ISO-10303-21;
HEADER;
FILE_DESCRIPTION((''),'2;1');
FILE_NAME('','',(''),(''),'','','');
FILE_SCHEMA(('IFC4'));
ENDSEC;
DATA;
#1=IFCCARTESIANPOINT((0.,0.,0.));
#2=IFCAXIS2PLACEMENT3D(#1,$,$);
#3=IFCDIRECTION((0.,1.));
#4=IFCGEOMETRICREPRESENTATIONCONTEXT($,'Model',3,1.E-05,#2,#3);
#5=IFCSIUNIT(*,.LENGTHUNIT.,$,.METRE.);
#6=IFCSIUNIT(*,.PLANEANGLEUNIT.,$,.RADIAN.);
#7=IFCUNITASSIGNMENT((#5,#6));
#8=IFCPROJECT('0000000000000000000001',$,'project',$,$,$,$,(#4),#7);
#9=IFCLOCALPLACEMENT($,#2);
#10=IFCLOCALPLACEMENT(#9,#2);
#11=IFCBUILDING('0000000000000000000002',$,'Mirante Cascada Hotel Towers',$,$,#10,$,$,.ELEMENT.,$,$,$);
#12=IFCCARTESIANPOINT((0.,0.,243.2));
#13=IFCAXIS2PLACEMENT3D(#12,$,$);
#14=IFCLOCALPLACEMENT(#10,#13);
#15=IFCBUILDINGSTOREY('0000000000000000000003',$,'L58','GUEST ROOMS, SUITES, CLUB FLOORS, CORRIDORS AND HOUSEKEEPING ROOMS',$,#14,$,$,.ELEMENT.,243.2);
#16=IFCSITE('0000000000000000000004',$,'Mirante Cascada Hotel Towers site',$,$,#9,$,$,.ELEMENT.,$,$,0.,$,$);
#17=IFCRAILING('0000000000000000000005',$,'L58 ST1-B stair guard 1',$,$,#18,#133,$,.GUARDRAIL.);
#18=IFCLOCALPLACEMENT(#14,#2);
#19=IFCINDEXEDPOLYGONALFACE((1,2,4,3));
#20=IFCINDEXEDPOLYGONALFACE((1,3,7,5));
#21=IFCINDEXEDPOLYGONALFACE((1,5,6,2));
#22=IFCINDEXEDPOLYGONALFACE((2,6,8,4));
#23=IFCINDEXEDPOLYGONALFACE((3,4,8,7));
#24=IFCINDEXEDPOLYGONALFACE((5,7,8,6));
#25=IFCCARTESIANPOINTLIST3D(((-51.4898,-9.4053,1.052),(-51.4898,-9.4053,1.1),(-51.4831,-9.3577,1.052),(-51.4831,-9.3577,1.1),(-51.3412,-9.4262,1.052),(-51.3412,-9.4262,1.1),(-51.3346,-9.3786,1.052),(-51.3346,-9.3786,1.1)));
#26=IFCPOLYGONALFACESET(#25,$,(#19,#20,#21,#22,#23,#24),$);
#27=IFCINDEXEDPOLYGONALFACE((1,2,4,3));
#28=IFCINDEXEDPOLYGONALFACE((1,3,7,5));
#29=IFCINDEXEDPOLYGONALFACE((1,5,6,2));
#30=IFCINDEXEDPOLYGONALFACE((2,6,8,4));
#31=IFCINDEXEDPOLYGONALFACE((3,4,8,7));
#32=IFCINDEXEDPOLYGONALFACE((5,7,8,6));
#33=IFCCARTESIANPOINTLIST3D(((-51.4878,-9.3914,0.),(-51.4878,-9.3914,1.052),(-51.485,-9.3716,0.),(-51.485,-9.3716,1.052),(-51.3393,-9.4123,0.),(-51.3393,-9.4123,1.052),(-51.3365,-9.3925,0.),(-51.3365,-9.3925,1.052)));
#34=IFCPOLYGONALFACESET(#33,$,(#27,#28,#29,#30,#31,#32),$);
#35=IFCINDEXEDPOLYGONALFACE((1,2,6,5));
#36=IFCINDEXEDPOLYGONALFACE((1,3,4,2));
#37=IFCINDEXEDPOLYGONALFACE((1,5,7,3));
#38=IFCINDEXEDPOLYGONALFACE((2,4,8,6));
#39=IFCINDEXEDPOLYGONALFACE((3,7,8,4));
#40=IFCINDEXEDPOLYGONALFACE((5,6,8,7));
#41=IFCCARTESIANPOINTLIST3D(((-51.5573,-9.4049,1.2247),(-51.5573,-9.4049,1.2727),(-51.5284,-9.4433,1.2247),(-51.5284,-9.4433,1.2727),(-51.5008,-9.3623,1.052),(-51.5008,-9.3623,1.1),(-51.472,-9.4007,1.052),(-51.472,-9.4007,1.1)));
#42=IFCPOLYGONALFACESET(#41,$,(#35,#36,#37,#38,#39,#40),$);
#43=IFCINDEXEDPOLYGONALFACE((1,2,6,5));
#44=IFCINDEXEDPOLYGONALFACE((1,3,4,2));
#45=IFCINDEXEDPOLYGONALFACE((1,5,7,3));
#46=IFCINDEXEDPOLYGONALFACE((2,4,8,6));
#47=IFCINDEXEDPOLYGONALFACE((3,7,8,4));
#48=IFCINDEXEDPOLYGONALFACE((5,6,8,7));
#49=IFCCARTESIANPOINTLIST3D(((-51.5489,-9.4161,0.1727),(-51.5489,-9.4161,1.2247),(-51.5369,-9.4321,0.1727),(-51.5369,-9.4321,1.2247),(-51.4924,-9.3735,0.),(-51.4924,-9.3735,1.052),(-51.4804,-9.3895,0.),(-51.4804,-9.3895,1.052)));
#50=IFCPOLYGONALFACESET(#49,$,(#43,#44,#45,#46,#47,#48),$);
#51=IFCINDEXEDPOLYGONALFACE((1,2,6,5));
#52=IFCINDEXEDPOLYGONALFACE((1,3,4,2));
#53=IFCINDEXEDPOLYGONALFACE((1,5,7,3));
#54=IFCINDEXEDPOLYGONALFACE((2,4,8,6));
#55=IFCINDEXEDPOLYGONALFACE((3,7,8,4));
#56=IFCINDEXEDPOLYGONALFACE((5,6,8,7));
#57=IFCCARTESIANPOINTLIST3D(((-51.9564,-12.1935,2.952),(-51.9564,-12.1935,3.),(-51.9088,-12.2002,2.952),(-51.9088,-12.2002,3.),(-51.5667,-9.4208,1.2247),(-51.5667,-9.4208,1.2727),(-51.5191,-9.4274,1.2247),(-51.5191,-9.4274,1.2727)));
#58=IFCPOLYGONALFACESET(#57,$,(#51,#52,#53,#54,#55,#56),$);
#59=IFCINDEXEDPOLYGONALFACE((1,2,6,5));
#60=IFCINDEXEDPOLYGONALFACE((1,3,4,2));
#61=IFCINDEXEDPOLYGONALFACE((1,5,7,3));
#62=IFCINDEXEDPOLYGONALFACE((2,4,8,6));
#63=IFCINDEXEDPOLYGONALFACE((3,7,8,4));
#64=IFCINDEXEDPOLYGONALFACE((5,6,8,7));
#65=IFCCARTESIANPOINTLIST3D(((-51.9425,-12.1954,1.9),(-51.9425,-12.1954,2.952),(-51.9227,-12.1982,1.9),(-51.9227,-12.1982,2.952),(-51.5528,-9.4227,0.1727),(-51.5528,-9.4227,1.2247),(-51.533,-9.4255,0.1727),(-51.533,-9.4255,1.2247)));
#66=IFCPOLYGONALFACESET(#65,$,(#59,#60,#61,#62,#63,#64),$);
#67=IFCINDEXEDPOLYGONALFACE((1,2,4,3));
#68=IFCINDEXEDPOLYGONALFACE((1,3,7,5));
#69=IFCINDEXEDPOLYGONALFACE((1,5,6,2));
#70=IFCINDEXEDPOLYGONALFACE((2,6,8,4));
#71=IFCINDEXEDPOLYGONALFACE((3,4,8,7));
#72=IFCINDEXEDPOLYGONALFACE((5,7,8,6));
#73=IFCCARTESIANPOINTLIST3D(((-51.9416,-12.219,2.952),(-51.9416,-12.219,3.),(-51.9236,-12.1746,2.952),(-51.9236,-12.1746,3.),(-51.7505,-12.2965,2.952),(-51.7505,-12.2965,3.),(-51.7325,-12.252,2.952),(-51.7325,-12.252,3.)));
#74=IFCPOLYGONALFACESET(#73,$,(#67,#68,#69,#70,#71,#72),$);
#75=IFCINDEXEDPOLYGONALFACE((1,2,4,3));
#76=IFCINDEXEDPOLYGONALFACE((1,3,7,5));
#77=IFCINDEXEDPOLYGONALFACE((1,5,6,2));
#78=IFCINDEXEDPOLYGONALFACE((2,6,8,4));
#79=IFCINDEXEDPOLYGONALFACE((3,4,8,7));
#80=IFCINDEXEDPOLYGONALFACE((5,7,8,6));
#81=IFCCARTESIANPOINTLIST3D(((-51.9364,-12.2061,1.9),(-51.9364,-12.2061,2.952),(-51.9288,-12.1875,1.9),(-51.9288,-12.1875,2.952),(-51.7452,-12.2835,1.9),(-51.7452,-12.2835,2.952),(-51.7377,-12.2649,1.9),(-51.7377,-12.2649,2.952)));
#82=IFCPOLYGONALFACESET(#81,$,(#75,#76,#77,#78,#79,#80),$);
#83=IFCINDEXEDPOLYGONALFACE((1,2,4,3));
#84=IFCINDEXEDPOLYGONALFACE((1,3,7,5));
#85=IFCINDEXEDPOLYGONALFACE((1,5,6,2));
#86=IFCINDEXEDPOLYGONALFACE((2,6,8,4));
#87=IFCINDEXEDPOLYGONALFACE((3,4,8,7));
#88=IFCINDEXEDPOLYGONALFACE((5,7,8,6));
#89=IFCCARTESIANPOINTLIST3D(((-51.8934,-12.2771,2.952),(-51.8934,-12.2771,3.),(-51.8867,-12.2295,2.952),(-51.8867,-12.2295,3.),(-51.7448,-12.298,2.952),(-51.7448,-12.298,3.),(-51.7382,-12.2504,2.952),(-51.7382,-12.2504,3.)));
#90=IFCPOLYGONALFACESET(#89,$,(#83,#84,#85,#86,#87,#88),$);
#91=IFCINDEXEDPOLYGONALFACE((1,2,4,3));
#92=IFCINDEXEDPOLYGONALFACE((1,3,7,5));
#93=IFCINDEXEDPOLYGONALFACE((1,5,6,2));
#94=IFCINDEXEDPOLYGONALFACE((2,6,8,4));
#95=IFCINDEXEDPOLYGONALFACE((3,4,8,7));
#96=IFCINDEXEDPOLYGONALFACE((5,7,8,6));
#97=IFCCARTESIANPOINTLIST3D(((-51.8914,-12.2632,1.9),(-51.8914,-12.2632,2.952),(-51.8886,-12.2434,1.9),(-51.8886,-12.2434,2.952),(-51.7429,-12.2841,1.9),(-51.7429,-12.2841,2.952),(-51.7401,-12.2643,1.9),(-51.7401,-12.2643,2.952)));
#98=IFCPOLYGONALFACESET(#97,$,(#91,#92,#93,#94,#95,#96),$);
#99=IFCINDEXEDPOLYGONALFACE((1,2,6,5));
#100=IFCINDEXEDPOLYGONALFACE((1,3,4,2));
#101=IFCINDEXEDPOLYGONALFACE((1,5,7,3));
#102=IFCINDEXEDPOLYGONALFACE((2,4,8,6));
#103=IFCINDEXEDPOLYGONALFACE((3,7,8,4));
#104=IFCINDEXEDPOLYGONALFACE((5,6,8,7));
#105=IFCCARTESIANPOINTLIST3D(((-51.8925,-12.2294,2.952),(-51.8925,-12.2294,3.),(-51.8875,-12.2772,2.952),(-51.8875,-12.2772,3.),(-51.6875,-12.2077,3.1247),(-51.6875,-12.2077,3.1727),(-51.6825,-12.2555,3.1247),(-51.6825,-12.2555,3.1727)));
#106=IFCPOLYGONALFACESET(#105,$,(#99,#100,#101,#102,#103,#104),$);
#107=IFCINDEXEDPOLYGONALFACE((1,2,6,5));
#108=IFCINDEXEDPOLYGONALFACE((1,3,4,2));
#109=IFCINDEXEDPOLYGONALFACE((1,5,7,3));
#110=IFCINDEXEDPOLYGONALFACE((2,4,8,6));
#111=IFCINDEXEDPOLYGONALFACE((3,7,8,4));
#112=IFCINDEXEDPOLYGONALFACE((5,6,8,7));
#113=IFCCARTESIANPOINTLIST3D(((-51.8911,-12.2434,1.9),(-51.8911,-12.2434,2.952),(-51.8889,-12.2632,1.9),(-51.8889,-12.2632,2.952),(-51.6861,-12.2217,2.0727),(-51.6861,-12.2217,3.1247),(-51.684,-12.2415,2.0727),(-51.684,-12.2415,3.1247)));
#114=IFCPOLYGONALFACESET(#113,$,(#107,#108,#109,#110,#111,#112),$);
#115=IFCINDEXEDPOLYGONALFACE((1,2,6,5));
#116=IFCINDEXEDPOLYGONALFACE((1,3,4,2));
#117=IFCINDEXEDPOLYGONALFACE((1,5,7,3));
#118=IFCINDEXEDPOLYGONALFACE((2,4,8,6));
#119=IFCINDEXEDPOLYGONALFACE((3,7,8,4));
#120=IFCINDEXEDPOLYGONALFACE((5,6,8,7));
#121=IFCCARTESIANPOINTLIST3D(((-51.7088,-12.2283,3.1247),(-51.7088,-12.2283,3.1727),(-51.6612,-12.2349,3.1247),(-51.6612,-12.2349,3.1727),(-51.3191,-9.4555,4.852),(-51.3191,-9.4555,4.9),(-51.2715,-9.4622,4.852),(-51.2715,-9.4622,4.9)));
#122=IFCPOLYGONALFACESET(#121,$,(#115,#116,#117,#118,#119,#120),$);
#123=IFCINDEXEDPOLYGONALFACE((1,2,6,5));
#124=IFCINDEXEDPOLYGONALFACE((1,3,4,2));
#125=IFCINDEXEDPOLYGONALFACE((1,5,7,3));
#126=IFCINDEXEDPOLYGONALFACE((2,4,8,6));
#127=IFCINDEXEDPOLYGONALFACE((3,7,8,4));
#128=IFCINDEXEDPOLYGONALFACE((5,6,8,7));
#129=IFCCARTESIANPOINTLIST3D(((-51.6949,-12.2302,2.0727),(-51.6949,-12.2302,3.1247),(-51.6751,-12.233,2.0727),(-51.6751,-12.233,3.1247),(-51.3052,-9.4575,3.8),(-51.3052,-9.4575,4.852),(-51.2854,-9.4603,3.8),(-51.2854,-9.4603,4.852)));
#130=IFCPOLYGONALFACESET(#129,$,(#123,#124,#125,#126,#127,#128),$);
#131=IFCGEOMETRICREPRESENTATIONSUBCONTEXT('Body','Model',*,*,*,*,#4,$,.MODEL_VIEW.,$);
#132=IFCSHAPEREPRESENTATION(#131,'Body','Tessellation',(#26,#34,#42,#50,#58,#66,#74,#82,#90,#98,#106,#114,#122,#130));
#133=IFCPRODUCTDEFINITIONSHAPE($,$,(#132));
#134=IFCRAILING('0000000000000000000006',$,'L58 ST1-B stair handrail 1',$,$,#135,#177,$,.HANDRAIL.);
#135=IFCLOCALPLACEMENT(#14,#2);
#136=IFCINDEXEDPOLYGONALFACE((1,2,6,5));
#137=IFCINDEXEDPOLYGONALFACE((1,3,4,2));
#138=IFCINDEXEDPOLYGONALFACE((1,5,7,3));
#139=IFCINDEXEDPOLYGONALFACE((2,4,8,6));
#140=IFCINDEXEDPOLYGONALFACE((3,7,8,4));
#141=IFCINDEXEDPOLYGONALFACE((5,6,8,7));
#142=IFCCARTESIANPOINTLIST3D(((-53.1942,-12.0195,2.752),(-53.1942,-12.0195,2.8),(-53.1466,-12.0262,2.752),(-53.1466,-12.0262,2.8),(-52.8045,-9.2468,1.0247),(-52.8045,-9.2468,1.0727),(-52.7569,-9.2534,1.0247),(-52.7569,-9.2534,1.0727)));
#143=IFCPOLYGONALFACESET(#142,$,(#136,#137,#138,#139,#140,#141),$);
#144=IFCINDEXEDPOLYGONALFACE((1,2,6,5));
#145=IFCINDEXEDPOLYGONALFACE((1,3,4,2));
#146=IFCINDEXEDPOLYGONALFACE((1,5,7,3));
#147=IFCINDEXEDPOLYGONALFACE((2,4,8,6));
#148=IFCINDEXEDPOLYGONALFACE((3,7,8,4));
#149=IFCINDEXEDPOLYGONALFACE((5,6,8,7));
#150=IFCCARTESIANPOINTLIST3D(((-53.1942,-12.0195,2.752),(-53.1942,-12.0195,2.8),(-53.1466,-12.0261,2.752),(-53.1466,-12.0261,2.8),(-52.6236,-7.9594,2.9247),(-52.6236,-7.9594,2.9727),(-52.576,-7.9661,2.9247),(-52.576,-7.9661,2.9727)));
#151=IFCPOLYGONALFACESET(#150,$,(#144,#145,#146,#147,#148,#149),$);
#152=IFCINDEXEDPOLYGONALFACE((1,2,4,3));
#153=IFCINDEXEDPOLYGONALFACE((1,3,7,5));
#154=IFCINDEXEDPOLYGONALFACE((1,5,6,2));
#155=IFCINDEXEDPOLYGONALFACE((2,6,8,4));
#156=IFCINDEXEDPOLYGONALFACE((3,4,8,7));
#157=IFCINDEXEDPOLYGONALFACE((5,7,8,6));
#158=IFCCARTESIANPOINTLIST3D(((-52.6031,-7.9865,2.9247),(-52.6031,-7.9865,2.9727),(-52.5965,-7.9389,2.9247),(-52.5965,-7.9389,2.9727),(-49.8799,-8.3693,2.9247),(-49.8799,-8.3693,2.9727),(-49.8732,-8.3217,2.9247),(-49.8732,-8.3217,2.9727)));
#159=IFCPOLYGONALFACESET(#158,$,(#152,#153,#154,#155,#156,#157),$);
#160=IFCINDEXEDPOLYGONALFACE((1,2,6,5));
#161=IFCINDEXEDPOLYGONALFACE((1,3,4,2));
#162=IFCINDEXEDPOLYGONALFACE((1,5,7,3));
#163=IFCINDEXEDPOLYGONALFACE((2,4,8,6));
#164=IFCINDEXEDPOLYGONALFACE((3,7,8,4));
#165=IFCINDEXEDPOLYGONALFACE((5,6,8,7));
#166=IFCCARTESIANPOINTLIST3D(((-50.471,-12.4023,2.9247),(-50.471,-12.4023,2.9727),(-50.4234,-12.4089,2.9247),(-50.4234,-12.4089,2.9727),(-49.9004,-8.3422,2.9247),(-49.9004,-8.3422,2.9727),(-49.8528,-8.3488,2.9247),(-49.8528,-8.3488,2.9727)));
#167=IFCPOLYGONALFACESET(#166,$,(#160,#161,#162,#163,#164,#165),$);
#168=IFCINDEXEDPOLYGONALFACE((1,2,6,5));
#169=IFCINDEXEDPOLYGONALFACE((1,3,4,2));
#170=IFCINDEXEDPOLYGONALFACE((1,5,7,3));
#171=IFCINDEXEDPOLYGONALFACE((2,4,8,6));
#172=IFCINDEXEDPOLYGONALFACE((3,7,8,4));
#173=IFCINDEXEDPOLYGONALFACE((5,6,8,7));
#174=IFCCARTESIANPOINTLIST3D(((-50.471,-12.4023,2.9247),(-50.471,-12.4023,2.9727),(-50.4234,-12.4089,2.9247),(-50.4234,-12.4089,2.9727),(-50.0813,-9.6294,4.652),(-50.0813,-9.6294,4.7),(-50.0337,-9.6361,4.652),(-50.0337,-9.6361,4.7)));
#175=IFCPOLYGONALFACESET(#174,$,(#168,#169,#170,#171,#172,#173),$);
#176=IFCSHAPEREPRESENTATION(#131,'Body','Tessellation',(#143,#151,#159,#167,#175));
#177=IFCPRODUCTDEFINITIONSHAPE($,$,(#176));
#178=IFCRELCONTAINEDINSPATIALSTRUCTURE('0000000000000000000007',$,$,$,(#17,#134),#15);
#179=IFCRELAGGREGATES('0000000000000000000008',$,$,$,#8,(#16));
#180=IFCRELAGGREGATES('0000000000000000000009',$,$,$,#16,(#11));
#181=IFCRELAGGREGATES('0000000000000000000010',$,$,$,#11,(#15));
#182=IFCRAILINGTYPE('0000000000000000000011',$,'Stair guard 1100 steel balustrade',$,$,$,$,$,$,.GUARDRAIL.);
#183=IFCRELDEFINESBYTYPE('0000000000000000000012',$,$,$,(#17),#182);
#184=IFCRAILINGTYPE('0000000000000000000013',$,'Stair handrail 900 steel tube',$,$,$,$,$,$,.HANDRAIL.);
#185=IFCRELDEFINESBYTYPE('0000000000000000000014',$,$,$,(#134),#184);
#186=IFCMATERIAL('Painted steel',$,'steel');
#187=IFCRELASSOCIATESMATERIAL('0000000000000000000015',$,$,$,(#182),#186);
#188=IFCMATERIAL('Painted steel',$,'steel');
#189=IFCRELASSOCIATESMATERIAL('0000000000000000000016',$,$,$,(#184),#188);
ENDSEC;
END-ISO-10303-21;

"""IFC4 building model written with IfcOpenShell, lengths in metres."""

from ifc_helpers import new_model, si_unit, direction, frame, origin, origin_2d, place, context, subcontext, project, spatial, rectangle, extrude, material, type_object, element, save


model = new_model("IFC4")

# Units and contexts
model_context = context("Model", 3, precision=1e-05, world=origin(), true_north=direction((0.0, 1.0)))
body_context = subcontext(model_context, "Body", "Model", "MODEL_VIEW")
ifc_project = project(units=[si_unit("LENGTHUNIT", "METRE"), si_unit("PLANEANGLEUNIT", "RADIAN")], contexts=[model_context])

# Site, building, storey
site_placement = place(None, origin())
site = spatial("IfcSite", under=ifc_project, at=site_placement, Name="Mirante Cascada Hotel Towers site", CompositionType="ELEMENT", RefElevation=0.0)
building_placement = place(site_placement, origin())
building = spatial("IfcBuilding", under=site, at=building_placement, Name="Mirante Cascada Hotel Towers", CompositionType="ELEMENT")
storey_placement = place(building_placement, frame((0.0, 0.0, 243.2)))
storey = spatial("IfcBuildingStorey", under=building, at=storey_placement, Name="L58", Description="GUEST ROOMS, SUITES, CLUB FLOORS, CORRIDORS AND HOUSEKEEPING ROOMS", CompositionType="ELEMENT", Elevation=243.2)

# Railings
ifc_material_1 = material(Name="Painted steel", Category="steel")
railing_type_1 = type_object("IfcRailingType", Name="Stair guard 1100 steel balustrade", PredefinedType="GUARDRAIL", material=ifc_material_1)
railing_1_placement = place(storey_placement, frame((-51.3379, -9.4024, 0.0)))
element("IfcRailing", 1, at=railing_1_placement, inside=storey, type_object=railing_type_1, Name="L58 ST1-B stair guard 1", PredefinedType="GUARDRAIL", context=body_context, shape_type="SweptSolid", body=[
    extrude(rectangle(XDim=0.048, YDim=0.048, at=origin_2d()), frame((0.0, 0.0, 1.076), z_axis=(-0.990241, 0.139367, 0.0), x_axis=(-0.139367, -0.990241, 0.0)), (0.0, 0.0, 1.0), 0.15),
    extrude(rectangle(XDim=0.02, YDim=1.052, at=origin_2d()), frame((0.0, 0.0, 0.526), z_axis=(-0.990241, 0.139367, 0.0), x_axis=(-0.139367, -0.990241, 0.0)), (0.0, 0.0, 1.0), 0.15),
    extrude(rectangle(XDim=0.048, YDim=0.048, at=origin_2d()), frame((-0.1485, 0.0209, 1.076), z_axis=(-0.798471, -0.602033, 0.0), x_axis=(0.602033, -0.798471, 0.0)), (0.0, 0.92534, 0.379139), 0.1866),
    extrude(rectangle(XDim=0.02, YDim=1.052, at=origin_2d()), frame((-0.1485, 0.0209, 0.526), z_axis=(-0.798471, -0.602033, 0.0), x_axis=(0.602033, -0.798471, 0.0)), (0.0, 0.92534, 0.379139), 0.1866),
    extrude(rectangle(XDim=0.048, YDim=0.048, at=origin_2d()), frame((-0.205, -0.0217, 1.2487), z_axis=(-0.139181, -0.990267, 0.0), x_axis=(0.990267, -0.139181, 0.0)), (0.0, 0.525035, 0.851081), 3.2899),
    extrude(rectangle(XDim=0.02, YDim=1.052, at=origin_2d()), frame((-0.205, -0.0217, 0.6987), z_axis=(-0.139181, -0.990267, 0.0), x_axis=(0.990267, -0.139181, 0.0)), (0.0, 0.525035, 0.851081), 3.2899),
    extrude(rectangle(XDim=0.048, YDim=0.048, at=origin_2d()), frame((-0.5947, -2.7944, 2.976), z_axis=(0.926862, -0.375401, 0.0), x_axis=(0.375401, 0.926862, 0.0)), (0.0, 0.0, 1.0), 0.2062),
    extrude(rectangle(XDim=0.02, YDim=1.052, at=origin_2d()), frame((-0.5947, -2.7944, 2.426), z_axis=(0.926862, -0.375401, 0.0), x_axis=(0.375401, 0.926862, 0.0)), (0.0, 0.0, 1.0), 0.2062),
    extrude(rectangle(XDim=0.048, YDim=0.048, at=origin_2d()), frame((-0.4036, -2.8718, 2.976), z_axis=(-0.990241, 0.139367, 0.0), x_axis=(-0.139367, -0.990241, 0.0)), (0.0, 0.0, 1.0), 0.15),
    extrude(rectangle(XDim=0.02, YDim=1.052, at=origin_2d()), frame((-0.4036, -2.8718, 2.426), z_axis=(-0.990241, 0.139367, 0.0), x_axis=(-0.139367, -0.990241, 0.0)), (0.0, 0.0, 1.0), 0.15),
    extrude(rectangle(XDim=0.048, YDim=0.048, at=origin_2d()), frame((-0.5521, -2.8509, 2.976), z_axis=(0.994444, 0.105266, 0.0), x_axis=(-0.105266, 0.994444, 0.0)), (0.0, 0.642184, 0.76655), 0.2689),
    extrude(rectangle(XDim=0.02, YDim=1.052, at=origin_2d()), frame((-0.5521, -2.8509, 2.426), z_axis=(0.994444, 0.105266, 0.0), x_axis=(-0.105266, 0.994444, 0.0)), (0.0, 0.642184, 0.76655), 0.2689),
    extrude(rectangle(XDim=0.048, YDim=0.048, at=origin_2d()), frame((-0.3471, -2.8292, 3.1487), z_axis=(0.139181, 0.990267, 0.0), x_axis=(-0.990267, 0.139181, 0.0)), (0.0, 0.525035, 0.851081), 3.2899),
    extrude(rectangle(XDim=0.02, YDim=1.052, at=origin_2d()), frame((-0.3471, -2.8292, 2.5987), z_axis=(0.139181, 0.990267, 0.0), x_axis=(-0.990267, 0.139181, 0.0)), (0.0, 0.525035, 0.851081), 3.2899),
])
ifc_material_2 = material(Name="Painted steel", Category="steel")
railing_type_2 = type_object("IfcRailingType", Name="Stair handrail 900 steel tube", PredefinedType="HANDRAIL", material=ifc_material_2)
railing_2_placement = place(storey_placement, frame((-52.7807, -9.2501, 0.1727)))
element("IfcRailing", 2, at=railing_2_placement, inside=storey, type_object=railing_type_2, Name="L58 ST1-B stair handrail 1", PredefinedType="HANDRAIL", context=body_context, shape_type="SweptSolid", body=[
    extrude(rectangle(XDim=0.048, YDim=0.048, at=origin_2d()), frame((0.0, 0.0, 0.876), z_axis=(-0.139181, -0.990267, 0.0), x_axis=(0.990267, -0.139181, 0.0)), (0.0, 0.525035, 0.851081), 3.2899),
    extrude(rectangle(XDim=0.048, YDim=0.048, at=origin_2d()), frame((-0.3897, -2.7727, 2.6033), z_axis=(0.139171, 0.990268, 0.0), x_axis=(-0.990268, 0.139171, 0.0)), (0.0, 0.042085, 0.999114), 4.1036),
    extrude(rectangle(XDim=0.048, YDim=0.048, at=origin_2d()), frame((0.1809, 1.2874, 2.776), z_axis=(0.990264, -0.139201, 0.0), x_axis=(0.139201, 0.990264, 0.0)), (0.0, 0.0, 1.0), 2.75),
    extrude(rectangle(XDim=0.048, YDim=0.048, at=origin_2d()), frame((2.9041, 0.9046, 2.776), z_axis=(-0.139171, -0.990268, 0.0), x_axis=(0.990268, -0.139171, 0.0)), (0.0, 0.0, 1.0), 4.1),
    extrude(rectangle(XDim=0.048, YDim=0.048, at=origin_2d()), frame((2.3335, -3.1555, 2.776), z_axis=(0.139176, 0.990268, 0.0), x_axis=(-0.990268, 0.139176, 0.0)), (0.0, 0.525021, 0.851089), 3.29),
])

save(model, "model.ifc")
